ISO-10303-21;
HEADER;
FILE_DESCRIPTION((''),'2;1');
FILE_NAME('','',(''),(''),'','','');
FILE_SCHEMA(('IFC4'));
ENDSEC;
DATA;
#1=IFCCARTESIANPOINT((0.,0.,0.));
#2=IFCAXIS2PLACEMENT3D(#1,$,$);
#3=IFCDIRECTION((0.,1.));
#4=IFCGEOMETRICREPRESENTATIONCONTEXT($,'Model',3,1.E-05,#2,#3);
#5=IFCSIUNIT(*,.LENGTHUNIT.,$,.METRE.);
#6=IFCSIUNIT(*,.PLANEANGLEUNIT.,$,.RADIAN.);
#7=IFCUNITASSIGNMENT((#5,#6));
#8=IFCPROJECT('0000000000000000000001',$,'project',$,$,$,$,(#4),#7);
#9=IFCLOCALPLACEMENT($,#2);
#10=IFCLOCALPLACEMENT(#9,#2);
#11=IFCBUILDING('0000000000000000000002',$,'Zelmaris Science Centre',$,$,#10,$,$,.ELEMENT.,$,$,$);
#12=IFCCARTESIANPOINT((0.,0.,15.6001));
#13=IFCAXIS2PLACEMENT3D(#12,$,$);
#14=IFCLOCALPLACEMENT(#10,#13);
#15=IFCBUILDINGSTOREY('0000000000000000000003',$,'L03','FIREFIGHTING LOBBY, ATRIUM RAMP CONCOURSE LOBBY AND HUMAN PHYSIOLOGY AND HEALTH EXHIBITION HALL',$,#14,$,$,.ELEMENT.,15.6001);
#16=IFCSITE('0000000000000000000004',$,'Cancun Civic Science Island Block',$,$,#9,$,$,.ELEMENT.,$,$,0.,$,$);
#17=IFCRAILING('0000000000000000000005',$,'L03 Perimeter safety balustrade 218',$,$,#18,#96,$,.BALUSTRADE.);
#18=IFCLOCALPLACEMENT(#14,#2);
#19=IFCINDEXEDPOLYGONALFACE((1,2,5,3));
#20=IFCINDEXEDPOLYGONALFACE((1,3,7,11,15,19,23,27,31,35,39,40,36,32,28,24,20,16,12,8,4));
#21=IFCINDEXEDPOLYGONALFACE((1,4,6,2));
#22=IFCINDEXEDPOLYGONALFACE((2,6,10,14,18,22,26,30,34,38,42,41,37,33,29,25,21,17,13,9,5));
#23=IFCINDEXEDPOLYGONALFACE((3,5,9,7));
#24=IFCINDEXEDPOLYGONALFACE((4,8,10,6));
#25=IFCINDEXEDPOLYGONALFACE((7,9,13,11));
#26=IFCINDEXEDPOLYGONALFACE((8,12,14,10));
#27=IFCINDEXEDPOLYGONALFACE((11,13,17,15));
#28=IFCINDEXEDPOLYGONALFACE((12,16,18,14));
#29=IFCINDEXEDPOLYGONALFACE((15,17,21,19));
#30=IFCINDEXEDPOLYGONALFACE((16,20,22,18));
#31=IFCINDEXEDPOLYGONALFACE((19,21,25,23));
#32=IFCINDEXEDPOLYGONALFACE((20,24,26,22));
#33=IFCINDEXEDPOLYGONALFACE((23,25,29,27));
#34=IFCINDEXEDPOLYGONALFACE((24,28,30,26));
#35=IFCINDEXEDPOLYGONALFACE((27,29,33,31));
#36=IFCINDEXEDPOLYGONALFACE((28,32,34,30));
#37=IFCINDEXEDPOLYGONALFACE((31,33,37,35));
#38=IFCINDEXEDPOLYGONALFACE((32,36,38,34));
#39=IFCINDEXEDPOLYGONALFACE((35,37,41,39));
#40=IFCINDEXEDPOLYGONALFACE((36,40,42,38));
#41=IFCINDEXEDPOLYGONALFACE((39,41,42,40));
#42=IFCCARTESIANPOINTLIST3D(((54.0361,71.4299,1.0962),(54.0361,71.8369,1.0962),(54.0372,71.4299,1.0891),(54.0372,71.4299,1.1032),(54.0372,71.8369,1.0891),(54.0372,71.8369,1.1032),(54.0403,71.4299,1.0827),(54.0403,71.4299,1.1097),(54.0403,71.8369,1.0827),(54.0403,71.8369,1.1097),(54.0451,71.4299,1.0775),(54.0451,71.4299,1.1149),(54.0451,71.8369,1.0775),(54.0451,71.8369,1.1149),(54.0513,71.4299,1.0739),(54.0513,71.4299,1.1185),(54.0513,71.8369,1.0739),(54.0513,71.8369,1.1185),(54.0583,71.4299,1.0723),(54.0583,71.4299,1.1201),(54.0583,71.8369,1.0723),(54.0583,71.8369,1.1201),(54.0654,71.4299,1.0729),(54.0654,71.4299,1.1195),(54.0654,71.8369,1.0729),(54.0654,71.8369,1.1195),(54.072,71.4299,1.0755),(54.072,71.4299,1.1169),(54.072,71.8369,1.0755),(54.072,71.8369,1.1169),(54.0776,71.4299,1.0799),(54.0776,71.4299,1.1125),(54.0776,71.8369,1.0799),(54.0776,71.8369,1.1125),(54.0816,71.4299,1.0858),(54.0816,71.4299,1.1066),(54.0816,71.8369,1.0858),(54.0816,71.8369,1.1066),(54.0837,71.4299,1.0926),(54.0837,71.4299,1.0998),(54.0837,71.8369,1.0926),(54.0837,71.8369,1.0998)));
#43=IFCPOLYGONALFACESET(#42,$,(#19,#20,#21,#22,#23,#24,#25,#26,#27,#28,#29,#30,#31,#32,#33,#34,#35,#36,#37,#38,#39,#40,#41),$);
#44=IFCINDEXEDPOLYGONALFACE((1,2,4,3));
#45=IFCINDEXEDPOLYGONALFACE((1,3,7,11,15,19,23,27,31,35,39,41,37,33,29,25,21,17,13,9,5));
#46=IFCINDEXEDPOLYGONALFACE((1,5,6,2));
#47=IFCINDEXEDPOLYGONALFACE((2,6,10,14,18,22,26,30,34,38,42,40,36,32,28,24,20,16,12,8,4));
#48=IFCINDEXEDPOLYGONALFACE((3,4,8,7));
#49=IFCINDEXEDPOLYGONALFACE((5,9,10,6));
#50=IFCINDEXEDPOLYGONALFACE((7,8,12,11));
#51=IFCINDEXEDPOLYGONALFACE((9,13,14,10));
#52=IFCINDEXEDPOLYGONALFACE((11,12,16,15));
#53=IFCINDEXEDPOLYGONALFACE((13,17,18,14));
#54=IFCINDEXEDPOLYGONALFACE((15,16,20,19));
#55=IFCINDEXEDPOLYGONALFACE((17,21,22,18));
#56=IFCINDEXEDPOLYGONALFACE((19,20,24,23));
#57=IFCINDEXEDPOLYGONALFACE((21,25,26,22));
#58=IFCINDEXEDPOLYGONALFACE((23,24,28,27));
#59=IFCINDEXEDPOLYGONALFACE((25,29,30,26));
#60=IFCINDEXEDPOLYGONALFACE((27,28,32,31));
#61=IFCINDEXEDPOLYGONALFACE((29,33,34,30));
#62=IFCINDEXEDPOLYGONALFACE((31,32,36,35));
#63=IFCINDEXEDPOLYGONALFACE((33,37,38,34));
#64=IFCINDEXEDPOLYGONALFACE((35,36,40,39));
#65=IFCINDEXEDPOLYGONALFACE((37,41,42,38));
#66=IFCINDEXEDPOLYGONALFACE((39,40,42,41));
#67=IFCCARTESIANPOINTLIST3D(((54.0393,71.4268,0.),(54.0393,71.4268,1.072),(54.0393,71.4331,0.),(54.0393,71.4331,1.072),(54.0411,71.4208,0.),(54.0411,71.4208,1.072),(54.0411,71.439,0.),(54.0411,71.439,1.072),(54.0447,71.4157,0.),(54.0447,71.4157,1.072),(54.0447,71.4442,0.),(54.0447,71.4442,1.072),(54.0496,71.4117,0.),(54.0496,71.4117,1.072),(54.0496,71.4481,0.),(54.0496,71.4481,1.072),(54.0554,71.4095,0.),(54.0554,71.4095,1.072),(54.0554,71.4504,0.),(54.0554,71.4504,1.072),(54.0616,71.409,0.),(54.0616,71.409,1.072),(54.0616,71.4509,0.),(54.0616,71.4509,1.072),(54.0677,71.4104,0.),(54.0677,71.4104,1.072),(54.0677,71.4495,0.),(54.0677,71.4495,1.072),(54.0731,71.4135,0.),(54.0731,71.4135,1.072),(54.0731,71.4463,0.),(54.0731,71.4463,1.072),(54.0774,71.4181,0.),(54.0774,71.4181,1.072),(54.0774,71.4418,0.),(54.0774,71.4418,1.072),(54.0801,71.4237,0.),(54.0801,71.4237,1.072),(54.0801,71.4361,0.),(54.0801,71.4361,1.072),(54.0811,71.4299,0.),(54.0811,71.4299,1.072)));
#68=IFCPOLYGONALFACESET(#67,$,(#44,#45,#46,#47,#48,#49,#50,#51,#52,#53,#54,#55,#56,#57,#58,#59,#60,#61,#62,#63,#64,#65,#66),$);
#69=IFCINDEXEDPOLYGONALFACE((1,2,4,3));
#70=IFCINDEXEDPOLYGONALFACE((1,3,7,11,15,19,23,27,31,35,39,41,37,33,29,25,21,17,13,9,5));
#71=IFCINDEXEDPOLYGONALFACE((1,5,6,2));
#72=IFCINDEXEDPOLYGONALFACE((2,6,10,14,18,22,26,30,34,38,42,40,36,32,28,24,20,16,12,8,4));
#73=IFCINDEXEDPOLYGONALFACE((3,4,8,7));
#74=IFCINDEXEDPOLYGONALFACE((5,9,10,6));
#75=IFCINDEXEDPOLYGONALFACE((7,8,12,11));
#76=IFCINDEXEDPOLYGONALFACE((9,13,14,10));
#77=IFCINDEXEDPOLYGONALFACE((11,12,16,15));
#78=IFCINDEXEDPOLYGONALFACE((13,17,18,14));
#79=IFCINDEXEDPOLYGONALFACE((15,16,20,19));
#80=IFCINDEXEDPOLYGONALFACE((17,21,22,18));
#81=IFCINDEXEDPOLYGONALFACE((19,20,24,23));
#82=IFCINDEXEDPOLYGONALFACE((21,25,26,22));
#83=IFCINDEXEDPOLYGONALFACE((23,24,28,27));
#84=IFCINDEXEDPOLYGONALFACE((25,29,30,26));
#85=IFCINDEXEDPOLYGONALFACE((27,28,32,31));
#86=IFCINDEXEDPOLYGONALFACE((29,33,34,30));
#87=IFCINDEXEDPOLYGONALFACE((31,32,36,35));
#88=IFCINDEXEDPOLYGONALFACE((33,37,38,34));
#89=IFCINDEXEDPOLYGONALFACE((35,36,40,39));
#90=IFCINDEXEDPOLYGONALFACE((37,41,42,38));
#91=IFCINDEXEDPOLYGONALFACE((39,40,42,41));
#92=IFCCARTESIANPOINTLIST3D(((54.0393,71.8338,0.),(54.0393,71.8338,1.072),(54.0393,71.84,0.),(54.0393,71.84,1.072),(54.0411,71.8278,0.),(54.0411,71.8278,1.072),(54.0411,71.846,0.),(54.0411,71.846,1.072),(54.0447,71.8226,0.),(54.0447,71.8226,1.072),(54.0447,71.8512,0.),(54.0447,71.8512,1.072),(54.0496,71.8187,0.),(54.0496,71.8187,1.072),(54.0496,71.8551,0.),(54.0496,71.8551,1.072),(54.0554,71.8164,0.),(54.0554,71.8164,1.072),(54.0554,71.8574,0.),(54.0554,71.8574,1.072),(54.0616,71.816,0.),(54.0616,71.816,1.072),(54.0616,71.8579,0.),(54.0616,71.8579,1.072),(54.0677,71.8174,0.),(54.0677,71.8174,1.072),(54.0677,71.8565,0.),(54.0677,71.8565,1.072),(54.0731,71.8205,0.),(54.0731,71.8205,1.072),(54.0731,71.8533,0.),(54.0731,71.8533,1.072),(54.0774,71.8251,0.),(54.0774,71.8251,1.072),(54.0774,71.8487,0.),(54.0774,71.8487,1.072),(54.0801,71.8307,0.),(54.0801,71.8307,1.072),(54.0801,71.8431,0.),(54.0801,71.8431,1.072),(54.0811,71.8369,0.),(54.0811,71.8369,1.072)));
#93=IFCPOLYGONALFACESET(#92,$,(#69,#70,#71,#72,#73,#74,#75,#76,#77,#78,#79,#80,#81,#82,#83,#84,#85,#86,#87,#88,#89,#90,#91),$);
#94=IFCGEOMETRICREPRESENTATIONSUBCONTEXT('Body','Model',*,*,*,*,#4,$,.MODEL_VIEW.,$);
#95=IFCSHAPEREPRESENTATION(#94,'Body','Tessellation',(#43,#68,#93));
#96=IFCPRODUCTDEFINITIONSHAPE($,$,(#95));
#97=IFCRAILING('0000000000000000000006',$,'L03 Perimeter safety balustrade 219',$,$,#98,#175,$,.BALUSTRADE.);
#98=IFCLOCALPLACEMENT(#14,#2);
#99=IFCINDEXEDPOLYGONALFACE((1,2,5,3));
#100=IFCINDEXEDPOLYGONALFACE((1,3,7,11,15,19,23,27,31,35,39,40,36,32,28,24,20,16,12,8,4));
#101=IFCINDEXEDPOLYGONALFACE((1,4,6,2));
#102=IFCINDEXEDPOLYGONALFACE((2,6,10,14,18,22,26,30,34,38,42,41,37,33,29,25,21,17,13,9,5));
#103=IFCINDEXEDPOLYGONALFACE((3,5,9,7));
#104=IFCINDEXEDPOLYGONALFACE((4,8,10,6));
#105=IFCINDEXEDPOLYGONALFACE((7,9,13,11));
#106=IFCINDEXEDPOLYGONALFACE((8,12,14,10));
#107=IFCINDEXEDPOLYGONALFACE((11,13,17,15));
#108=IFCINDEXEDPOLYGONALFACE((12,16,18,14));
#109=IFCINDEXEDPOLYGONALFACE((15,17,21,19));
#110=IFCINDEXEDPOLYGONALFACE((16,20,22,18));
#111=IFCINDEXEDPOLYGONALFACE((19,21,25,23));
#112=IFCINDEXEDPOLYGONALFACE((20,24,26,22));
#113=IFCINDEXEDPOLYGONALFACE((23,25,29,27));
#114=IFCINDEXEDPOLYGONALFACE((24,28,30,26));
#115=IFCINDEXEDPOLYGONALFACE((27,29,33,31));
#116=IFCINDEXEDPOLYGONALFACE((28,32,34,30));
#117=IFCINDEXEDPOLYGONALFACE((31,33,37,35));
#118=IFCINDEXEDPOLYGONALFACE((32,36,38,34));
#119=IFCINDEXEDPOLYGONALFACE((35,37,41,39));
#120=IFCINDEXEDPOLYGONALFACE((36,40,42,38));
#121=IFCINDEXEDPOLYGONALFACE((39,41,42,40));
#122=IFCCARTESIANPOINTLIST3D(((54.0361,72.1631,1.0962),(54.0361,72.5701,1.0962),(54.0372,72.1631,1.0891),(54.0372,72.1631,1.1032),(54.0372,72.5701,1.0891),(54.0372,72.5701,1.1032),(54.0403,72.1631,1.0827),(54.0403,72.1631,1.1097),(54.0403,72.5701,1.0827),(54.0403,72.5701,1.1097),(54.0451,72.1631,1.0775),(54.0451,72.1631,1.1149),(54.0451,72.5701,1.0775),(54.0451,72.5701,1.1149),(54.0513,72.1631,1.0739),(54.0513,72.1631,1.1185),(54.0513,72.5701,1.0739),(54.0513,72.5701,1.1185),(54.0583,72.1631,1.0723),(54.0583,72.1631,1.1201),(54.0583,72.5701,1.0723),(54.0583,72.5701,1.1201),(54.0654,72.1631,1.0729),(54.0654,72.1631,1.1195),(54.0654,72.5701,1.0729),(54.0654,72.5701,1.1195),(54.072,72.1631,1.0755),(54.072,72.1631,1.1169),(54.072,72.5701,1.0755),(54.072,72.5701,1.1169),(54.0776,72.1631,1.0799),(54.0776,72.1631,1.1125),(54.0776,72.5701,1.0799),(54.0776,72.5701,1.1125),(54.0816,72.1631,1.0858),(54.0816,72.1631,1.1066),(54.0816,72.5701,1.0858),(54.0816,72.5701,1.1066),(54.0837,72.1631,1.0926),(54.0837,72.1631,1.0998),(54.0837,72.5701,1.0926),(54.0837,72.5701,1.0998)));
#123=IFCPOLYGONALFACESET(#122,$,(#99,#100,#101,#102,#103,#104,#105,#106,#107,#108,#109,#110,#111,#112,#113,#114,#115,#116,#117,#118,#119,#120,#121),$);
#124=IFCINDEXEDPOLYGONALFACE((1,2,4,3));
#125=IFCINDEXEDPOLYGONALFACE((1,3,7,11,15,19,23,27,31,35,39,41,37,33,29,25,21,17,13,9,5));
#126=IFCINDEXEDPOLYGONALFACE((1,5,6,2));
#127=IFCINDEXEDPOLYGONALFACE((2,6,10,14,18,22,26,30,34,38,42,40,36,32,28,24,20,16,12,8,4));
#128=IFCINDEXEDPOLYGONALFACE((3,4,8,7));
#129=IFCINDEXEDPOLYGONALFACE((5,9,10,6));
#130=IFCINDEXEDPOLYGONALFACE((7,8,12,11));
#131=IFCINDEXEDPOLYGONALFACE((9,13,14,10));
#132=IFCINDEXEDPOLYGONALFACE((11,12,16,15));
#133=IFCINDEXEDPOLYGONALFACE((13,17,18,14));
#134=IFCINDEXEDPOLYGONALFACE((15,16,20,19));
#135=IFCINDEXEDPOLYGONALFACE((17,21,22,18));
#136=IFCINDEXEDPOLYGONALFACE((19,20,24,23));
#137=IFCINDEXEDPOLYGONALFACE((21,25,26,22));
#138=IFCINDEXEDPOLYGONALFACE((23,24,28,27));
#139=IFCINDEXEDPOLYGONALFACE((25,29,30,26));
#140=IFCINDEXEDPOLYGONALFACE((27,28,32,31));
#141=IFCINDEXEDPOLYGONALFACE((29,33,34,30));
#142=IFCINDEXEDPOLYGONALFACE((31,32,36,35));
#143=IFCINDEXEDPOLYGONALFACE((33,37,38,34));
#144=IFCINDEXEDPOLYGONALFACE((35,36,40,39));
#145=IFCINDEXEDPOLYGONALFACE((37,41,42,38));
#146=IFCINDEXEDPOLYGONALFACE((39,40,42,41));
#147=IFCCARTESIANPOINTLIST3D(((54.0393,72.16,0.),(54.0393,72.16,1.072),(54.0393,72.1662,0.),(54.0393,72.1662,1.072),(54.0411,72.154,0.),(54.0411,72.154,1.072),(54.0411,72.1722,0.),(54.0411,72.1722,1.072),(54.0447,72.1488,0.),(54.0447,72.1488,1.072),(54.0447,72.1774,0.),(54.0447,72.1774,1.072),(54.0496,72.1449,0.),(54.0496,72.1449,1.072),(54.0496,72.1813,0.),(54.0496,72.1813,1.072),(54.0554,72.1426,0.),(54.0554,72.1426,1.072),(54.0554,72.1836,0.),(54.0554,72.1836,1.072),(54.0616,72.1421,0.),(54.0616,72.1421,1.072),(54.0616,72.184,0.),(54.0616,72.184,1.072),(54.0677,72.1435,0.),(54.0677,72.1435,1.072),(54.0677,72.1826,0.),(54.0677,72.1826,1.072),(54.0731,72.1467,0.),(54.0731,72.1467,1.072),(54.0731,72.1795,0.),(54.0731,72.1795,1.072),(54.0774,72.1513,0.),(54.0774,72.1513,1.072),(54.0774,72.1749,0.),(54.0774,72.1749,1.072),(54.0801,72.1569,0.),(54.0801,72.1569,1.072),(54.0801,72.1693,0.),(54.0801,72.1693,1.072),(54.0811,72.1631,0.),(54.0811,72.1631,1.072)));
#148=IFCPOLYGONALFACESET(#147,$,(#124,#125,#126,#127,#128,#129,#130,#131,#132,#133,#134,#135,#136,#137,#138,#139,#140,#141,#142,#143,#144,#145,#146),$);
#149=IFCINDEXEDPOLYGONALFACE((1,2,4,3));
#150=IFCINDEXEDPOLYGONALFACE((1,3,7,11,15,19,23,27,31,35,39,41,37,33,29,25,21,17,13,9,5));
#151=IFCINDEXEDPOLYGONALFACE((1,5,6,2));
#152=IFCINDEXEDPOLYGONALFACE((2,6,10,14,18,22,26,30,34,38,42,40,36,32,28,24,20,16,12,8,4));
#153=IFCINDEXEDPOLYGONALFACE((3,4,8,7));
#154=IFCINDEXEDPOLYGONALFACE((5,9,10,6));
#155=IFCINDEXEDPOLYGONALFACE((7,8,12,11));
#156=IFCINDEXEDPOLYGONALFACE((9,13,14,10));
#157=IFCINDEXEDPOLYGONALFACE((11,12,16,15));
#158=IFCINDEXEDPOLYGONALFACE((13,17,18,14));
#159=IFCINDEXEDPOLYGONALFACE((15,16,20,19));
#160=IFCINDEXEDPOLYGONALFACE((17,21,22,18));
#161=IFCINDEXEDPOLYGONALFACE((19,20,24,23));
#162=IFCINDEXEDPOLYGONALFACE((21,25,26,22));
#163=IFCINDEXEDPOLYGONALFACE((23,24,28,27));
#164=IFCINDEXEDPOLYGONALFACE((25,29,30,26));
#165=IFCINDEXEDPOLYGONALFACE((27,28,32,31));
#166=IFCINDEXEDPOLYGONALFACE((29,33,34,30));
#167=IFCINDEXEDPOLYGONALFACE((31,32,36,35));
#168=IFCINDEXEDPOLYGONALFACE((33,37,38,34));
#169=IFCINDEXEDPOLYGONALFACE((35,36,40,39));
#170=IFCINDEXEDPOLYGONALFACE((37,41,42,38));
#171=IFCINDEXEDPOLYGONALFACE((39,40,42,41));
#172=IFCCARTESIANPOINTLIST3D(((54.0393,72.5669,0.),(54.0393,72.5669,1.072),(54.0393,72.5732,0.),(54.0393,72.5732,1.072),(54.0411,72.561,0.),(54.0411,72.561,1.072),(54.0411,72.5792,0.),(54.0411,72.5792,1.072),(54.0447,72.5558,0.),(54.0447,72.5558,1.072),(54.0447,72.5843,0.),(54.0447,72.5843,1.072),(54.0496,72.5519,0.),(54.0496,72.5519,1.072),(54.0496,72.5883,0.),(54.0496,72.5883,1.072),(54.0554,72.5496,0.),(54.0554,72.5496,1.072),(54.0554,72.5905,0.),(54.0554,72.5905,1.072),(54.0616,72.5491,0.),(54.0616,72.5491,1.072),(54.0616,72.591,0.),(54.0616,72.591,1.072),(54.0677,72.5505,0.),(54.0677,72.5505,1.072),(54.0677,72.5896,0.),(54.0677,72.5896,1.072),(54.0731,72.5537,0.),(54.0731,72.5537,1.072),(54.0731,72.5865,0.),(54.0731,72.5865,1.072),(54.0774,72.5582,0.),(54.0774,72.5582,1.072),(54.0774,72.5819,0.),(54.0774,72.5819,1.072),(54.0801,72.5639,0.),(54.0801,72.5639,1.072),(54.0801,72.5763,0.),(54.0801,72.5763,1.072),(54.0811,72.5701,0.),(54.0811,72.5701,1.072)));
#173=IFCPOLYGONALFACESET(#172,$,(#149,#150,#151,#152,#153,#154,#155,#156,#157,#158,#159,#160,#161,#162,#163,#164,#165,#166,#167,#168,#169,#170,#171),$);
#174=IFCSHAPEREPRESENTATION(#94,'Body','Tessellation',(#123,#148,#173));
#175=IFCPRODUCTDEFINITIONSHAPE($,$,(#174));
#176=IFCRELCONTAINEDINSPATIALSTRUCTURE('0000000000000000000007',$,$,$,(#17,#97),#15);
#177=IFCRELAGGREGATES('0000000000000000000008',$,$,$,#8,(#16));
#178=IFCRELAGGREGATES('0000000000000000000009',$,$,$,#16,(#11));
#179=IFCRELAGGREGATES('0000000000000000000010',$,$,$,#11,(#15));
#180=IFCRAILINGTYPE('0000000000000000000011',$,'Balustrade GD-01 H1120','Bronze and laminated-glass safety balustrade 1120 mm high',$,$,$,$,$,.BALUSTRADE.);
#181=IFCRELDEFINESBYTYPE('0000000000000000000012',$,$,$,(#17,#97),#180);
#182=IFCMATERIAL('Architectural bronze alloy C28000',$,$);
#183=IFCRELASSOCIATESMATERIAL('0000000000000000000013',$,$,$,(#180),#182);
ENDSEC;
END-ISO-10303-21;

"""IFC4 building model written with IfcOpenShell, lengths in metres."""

from ifc_helpers import new_model, si_unit, direction, frame, origin, origin_2d, place, context, subcontext, project, spatial, circle, extrude, material, type_object, element, save


model = new_model("IFC4")

# Units and contexts
model_context = context("Model", 3, precision=1e-05, world=origin(), true_north=direction((0.0, 1.0)))
body_context = subcontext(model_context, "Body", "Model", "MODEL_VIEW")
ifc_project = project(units=[si_unit("LENGTHUNIT", "METRE"), si_unit("PLANEANGLEUNIT", "RADIAN")], contexts=[model_context])

# Site, building, storey
site_placement = place(None, origin())
site = spatial("IfcSite", under=ifc_project, at=site_placement, Name="Cancun Civic Science Island Block", CompositionType="ELEMENT", RefElevation=0.0)
building_placement = place(site_placement, origin())
building = spatial("IfcBuilding", under=site, at=building_placement, Name="Zelmaris Science Centre", CompositionType="ELEMENT")
storey_placement = place(building_placement, frame((0.0, 0.0, 15.6001)))
storey = spatial("IfcBuildingStorey", under=building, at=storey_placement, Name="L03", Description="FIREFIGHTING LOBBY, ATRIUM RAMP CONCOURSE LOBBY AND HUMAN PHYSIOLOGY AND HEALTH EXHIBITION HALL", CompositionType="ELEMENT", Elevation=15.6001)

# Railings
ifc_material_1 = material(Name="Architectural bronze alloy C28000")
railing_type = type_object("IfcRailingType", Name="Balustrade GD-01 H1120", Description="Bronze and laminated-glass safety balustrade 1120 mm high", PredefinedType="BALUSTRADE", material=ifc_material_1)
for number, where, name in (
    (1, (54.0601, 71.4299, 0.0), "L03 Perimeter safety balustrade 218"),
    (2, (54.0601, 72.1631, 0.0), "L03 Perimeter safety balustrade 219"),
):
    element("IfcRailing", number, at=place(storey_placement, frame(where)), inside=storey, type_object=railing_type, Name=name, PredefinedType="BALUSTRADE", context=body_context, shape_type="SweptSolid", body=[
        extrude(circle(Radius=0.0239, at=origin_2d()), frame((0.0, 0.0, 1.0962), z_axis=(0.0, 1.0, 0.0), x_axis=(-1.0, 0.0, 0.0)), (0.0, 0.0, 1.0), 0.407),
        extrude(circle(Radius=0.021, at=origin_2d()), origin(), (0.0, 0.0, 1.0), 1.072),
        extrude(circle(Radius=0.021, at=origin_2d()), frame((0.0, 0.407, 0.0)), (0.0, 0.0, 1.0), 1.072),
    ])

save(model, "model.ifc")
